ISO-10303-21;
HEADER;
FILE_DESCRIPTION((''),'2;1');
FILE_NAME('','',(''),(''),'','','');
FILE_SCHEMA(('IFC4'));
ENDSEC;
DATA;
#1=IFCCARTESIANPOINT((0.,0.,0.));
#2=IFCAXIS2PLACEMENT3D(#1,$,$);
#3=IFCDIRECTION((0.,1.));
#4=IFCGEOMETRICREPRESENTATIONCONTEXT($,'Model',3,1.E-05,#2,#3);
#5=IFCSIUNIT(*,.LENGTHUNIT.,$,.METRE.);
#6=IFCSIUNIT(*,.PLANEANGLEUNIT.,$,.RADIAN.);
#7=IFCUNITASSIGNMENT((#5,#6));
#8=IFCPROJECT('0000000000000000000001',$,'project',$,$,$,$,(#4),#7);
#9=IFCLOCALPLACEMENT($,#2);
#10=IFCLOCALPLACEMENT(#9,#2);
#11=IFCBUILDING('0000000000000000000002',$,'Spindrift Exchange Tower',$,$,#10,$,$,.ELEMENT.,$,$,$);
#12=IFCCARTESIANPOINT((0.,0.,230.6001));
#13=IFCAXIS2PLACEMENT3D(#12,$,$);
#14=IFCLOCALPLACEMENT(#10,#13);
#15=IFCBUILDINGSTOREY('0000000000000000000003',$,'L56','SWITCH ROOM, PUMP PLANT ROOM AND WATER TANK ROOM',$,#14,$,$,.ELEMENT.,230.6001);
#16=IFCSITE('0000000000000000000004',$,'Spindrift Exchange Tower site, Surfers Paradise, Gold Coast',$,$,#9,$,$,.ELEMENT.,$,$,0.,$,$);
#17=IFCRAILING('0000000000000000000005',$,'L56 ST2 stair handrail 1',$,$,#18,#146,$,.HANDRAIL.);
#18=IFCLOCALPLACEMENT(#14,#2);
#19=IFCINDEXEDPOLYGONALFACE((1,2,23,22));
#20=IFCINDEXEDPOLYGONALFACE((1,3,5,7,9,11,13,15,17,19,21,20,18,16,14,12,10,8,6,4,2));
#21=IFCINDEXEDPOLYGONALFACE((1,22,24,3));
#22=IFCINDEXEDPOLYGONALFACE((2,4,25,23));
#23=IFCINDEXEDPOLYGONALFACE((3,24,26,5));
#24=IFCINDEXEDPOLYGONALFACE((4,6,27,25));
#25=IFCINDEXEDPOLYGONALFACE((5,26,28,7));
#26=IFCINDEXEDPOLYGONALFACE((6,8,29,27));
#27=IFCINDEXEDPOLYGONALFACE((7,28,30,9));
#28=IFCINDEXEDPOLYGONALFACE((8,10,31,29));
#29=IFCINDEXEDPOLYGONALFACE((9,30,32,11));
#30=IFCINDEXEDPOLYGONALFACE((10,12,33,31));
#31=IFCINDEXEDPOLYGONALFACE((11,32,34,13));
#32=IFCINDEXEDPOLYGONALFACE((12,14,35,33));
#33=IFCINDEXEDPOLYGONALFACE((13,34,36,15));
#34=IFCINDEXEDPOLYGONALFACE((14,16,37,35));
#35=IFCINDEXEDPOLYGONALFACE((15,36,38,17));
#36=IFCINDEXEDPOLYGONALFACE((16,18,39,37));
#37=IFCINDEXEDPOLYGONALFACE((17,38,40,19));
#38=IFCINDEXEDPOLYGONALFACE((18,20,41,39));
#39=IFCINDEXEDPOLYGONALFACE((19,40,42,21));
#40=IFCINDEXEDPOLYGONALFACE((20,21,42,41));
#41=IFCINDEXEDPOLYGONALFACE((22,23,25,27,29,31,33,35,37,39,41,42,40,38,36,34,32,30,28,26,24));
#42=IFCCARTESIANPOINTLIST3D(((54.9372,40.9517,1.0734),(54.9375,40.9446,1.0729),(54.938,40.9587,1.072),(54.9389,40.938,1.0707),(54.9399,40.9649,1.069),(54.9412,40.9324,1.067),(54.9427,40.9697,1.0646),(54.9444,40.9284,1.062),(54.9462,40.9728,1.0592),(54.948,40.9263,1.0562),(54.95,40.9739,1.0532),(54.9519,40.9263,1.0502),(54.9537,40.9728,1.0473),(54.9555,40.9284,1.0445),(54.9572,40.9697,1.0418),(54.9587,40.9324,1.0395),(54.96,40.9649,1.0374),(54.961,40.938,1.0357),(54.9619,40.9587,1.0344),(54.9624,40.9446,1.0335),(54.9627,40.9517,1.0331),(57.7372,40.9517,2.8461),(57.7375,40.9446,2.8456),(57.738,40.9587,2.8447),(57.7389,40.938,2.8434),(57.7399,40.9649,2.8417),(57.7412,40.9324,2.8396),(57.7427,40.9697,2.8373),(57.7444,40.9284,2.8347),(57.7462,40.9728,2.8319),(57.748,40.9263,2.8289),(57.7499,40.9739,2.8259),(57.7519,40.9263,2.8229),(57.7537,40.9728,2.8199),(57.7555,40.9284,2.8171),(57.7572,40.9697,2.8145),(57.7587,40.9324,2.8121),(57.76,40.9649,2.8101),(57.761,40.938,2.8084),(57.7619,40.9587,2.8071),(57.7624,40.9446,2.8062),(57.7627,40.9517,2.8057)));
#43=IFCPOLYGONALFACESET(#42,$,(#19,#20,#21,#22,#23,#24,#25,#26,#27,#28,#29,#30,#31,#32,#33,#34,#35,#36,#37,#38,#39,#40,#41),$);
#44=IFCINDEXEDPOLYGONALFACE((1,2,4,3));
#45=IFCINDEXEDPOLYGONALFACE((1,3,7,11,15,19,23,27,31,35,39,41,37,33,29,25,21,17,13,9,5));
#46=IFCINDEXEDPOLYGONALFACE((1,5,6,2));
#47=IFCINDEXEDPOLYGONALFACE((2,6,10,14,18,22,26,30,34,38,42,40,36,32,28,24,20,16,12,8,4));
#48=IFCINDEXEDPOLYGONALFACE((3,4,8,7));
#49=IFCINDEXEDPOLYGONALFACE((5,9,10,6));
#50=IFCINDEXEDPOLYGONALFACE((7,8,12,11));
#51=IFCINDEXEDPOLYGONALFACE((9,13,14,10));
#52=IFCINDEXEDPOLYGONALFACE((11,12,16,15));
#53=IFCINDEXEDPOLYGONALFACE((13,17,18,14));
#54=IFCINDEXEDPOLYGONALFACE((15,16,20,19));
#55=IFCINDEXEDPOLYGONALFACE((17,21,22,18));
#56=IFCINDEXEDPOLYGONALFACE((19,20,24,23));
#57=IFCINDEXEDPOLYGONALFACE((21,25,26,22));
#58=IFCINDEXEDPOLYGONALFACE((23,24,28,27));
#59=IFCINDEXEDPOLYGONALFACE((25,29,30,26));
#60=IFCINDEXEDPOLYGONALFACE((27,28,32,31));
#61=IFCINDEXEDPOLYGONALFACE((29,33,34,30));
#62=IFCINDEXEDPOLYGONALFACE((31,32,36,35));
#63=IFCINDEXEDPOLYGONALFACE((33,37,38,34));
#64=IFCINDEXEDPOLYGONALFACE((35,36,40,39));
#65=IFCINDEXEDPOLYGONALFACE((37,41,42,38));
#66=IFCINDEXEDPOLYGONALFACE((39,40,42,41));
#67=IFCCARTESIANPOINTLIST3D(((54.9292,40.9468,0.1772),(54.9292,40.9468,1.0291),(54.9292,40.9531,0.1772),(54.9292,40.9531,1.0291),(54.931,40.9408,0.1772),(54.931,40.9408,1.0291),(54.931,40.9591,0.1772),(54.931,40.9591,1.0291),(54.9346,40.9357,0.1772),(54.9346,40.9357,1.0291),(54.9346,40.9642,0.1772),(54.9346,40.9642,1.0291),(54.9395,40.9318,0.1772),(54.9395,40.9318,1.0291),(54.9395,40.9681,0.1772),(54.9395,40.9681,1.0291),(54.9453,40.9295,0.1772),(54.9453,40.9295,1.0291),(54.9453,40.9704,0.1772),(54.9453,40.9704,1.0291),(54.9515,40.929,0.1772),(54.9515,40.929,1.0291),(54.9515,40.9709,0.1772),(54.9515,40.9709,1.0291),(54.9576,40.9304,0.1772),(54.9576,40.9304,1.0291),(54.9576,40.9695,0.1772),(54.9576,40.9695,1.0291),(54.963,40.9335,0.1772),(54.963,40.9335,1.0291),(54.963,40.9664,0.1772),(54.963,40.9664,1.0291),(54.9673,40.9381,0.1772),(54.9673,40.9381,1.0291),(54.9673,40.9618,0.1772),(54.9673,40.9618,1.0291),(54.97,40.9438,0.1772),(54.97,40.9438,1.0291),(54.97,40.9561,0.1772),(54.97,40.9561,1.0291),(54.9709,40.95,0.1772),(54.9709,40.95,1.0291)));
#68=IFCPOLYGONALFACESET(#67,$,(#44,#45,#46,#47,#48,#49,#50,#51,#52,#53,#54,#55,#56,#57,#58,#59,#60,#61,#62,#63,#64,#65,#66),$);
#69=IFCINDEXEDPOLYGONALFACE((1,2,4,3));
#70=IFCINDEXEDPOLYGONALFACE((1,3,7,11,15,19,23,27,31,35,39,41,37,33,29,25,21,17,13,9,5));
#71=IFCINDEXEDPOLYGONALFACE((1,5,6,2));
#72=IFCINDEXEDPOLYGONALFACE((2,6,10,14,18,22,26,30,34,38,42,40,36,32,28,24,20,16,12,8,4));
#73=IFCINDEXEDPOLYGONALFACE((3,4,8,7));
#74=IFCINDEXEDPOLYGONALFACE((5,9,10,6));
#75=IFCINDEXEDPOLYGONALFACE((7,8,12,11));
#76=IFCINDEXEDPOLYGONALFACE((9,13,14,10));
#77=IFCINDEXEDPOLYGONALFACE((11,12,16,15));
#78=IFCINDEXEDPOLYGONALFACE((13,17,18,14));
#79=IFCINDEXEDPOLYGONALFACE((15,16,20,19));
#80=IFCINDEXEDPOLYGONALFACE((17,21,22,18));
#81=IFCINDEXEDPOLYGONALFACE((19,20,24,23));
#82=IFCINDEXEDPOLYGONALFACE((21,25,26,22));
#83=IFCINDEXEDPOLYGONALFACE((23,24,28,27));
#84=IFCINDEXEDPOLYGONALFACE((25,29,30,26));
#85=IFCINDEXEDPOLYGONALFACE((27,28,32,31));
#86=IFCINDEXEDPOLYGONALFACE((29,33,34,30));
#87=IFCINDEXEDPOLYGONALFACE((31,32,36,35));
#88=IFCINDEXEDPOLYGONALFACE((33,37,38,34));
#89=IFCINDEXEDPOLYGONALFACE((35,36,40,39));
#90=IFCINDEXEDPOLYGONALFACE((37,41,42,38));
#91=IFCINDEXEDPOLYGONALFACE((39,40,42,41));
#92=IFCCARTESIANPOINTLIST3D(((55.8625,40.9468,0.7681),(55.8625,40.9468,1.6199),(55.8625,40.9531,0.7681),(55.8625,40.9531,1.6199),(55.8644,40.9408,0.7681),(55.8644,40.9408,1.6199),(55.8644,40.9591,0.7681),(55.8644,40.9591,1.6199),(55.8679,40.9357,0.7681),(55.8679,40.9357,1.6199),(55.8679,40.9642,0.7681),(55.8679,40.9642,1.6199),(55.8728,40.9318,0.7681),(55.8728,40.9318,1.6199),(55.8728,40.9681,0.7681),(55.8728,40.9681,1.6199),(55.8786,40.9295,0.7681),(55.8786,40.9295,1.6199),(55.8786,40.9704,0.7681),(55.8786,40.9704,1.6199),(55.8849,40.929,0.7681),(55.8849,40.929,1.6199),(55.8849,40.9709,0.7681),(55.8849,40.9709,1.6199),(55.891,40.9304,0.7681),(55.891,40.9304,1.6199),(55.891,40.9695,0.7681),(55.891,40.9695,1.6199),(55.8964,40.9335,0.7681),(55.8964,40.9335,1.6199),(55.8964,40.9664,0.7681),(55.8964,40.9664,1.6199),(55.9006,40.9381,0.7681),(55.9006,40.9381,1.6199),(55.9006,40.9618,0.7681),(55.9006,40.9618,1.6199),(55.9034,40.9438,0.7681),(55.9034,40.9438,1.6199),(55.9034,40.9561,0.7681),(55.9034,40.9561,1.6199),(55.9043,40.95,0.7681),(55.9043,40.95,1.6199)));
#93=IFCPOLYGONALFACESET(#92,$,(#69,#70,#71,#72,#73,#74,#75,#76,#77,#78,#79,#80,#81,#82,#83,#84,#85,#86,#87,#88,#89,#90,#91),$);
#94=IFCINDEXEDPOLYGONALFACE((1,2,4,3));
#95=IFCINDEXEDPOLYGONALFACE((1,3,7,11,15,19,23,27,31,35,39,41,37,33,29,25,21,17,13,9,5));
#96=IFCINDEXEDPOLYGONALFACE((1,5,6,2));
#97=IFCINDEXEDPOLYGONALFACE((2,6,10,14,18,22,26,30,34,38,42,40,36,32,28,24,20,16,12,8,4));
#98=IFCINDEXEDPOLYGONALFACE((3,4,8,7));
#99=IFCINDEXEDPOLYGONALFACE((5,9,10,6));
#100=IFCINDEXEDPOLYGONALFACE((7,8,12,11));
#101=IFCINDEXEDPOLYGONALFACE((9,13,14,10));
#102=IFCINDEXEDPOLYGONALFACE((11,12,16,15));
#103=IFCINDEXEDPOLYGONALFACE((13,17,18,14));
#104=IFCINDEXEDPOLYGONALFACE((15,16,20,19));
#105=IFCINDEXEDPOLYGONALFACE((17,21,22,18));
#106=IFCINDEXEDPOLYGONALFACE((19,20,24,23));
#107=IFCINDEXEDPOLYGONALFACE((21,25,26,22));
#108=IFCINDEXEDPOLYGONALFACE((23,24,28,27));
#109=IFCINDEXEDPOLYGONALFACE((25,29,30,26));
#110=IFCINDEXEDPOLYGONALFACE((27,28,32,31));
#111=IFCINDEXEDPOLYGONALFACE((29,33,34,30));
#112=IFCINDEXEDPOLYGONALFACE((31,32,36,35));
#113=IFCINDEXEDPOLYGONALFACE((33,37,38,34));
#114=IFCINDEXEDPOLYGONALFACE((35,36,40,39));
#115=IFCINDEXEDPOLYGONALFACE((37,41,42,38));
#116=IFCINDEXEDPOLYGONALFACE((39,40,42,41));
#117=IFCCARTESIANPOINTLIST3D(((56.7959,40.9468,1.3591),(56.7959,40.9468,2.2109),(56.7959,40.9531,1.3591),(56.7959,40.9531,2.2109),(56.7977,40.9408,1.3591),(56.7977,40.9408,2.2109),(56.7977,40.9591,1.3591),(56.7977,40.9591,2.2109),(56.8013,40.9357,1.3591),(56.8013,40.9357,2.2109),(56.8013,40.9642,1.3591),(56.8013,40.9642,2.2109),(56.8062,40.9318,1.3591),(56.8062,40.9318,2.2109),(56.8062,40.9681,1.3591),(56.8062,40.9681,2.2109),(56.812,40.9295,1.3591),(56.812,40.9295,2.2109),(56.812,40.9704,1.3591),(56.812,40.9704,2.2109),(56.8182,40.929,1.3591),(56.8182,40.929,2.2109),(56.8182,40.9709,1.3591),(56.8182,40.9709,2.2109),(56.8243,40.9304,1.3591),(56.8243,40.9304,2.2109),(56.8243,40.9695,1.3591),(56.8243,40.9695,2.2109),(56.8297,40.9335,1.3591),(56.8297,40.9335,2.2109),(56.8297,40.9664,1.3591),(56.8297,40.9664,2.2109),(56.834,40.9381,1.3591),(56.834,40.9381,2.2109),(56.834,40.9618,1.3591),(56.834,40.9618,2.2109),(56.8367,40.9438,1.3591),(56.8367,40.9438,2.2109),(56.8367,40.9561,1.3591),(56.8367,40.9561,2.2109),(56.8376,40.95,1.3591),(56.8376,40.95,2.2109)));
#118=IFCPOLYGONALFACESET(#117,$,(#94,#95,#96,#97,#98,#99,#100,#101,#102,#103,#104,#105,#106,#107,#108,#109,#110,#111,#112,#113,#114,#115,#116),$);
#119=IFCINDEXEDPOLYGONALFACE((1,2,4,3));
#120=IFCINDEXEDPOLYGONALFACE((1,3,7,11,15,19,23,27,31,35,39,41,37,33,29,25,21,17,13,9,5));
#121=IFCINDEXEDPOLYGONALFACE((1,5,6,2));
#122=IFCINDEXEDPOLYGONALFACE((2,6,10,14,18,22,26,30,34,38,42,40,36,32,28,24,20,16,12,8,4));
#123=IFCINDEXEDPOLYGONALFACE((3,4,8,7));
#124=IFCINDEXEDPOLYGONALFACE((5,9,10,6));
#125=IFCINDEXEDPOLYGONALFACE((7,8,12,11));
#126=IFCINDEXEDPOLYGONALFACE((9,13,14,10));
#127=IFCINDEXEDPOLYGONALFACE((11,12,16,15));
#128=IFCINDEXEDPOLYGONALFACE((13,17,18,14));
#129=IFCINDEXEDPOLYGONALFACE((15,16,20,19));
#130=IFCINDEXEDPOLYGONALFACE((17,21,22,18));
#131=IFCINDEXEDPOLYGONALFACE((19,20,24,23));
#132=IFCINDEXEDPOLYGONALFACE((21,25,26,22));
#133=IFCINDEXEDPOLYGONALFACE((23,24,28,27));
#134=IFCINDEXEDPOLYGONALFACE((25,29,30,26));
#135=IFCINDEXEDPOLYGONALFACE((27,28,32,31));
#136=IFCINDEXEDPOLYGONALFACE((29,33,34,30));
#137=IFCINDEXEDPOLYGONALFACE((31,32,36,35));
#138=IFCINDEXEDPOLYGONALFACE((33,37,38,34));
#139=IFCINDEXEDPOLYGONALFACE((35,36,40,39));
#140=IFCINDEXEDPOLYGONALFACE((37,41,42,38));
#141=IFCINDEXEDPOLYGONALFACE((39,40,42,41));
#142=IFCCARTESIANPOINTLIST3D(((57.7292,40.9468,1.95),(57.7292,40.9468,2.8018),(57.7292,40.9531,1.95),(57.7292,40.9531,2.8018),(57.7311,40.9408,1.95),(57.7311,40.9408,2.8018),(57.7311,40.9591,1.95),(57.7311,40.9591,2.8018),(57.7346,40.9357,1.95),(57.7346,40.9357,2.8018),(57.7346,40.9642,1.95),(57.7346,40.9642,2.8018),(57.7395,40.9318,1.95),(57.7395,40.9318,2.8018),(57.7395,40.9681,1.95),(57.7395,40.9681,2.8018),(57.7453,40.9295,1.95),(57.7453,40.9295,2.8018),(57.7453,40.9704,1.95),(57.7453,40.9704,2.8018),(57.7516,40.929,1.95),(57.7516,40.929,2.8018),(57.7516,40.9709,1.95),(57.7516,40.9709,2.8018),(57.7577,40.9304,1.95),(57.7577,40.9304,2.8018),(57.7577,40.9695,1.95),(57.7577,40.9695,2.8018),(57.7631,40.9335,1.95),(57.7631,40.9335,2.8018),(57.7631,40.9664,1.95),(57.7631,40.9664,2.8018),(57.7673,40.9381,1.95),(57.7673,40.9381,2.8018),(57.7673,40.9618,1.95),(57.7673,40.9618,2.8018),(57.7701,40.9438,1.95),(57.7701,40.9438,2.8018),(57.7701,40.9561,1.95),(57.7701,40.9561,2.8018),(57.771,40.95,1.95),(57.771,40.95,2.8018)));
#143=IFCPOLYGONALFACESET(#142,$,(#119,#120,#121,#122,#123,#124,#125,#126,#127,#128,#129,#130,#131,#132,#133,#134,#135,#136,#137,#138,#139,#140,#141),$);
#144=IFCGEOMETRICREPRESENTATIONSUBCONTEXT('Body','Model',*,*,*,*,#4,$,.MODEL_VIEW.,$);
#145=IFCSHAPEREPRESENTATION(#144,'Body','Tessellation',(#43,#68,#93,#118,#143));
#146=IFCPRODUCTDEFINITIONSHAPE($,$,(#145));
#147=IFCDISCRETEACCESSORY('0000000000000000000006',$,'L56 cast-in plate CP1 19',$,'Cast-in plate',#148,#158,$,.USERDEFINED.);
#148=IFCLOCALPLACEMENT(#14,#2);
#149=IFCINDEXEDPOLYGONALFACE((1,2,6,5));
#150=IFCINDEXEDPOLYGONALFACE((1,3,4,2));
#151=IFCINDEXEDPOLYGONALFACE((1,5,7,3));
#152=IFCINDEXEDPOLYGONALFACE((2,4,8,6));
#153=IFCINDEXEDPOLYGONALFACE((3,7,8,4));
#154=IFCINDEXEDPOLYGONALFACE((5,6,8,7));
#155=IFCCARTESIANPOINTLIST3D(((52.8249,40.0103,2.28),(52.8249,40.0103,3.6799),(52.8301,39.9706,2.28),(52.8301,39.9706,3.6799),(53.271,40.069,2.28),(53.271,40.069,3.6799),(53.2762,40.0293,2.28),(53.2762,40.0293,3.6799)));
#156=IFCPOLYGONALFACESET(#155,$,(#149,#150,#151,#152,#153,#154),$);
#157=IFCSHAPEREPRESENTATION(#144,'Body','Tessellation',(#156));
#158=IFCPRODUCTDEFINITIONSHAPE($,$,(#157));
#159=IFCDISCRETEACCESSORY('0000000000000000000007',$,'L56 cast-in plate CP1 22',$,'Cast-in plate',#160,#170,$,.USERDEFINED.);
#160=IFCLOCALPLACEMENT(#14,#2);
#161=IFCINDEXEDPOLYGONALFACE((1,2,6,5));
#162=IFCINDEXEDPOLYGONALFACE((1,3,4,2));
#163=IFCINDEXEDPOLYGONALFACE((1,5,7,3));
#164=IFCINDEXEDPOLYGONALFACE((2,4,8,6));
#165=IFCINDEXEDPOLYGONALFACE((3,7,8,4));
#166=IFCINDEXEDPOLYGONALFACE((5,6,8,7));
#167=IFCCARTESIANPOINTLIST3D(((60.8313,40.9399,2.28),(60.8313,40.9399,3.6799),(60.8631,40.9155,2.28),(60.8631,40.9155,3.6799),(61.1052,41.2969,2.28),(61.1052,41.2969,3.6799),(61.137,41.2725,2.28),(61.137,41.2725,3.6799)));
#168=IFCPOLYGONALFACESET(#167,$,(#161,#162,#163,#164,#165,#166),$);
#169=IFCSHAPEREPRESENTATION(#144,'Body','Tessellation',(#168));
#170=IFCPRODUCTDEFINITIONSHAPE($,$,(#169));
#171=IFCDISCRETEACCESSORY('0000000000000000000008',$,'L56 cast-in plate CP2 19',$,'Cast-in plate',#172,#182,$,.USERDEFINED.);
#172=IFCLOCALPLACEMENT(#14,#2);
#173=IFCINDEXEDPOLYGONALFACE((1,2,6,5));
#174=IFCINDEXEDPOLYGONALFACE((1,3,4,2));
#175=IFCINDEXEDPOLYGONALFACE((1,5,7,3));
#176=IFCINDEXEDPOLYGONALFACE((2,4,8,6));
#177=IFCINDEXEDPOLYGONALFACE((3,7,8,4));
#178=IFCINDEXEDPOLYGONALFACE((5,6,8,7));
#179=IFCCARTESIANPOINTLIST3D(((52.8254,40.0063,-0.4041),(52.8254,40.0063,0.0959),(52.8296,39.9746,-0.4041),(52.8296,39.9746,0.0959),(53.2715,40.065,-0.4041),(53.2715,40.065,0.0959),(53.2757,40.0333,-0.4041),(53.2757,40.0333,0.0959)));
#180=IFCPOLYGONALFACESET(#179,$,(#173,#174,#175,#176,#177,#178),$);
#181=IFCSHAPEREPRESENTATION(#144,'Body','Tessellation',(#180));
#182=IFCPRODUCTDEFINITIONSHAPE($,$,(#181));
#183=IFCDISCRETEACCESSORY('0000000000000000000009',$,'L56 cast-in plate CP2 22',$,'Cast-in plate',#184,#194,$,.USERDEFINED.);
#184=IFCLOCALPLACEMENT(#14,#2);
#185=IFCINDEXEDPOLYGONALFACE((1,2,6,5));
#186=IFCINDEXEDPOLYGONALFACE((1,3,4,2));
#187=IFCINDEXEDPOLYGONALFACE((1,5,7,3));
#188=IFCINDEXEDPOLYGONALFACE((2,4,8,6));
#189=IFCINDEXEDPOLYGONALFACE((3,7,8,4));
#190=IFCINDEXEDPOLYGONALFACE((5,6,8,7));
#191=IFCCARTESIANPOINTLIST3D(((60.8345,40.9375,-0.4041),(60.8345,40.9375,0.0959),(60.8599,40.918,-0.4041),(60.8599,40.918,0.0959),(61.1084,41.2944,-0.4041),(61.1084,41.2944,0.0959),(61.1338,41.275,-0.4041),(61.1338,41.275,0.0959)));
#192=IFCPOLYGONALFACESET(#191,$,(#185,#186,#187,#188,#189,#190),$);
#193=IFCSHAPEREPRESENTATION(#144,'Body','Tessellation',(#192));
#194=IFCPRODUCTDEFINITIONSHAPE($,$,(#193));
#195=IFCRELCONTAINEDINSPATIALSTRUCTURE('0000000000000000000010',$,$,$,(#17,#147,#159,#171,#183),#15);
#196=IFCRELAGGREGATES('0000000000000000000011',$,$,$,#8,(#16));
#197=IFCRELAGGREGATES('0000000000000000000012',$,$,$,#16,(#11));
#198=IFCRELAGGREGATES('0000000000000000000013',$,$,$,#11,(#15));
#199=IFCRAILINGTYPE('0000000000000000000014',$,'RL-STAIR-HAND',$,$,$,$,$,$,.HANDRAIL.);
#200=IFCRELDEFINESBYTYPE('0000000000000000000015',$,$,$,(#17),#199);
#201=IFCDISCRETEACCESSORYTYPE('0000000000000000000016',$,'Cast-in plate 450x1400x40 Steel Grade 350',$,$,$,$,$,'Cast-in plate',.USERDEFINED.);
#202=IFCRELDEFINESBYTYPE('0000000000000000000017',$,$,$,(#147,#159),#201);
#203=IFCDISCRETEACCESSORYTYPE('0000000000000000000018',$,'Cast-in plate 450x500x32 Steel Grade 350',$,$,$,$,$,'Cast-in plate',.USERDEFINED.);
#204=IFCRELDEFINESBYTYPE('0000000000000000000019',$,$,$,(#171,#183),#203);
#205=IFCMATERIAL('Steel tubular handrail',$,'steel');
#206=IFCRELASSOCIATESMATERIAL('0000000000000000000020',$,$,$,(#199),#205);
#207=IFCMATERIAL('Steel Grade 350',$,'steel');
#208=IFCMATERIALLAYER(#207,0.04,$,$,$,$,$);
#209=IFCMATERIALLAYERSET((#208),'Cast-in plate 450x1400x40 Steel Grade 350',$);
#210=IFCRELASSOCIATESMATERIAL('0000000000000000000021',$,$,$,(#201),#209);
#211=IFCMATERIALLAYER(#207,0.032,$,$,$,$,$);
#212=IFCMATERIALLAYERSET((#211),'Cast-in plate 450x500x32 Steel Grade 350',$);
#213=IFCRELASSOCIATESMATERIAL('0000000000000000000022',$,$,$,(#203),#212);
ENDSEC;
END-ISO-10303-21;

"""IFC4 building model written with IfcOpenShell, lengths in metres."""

from ifc_helpers import new_model, si_unit, direction, frame, origin, origin_2d, place, context, subcontext, project, spatial, rectangle, circle, extrude, source, transform, mapped, material, layer, layer_set, type_object, element, save


model = new_model("IFC4")

# Units and contexts
model_context = context("Model", 3, precision=1e-05, world=origin(), true_north=direction((0.0, 1.0)))
body_context = subcontext(model_context, "Body", "Model", "MODEL_VIEW")
ifc_project = project(units=[si_unit("LENGTHUNIT", "METRE"), si_unit("PLANEANGLEUNIT", "RADIAN")], contexts=[model_context])

# Site, building, storey
site_placement = place(None, origin())
site = spatial("IfcSite", under=ifc_project, at=site_placement, Name="Spindrift Exchange Tower site, Surfers Paradise, Gold Coast", CompositionType="ELEMENT", RefElevation=0.0)
building_placement = place(site_placement, origin())
building = spatial("IfcBuilding", under=site, at=building_placement, Name="Spindrift Exchange Tower", CompositionType="ELEMENT")
storey_placement = place(building_placement, frame((0.0, 0.0, 230.6001)))
storey = spatial("IfcBuildingStorey", under=building, at=storey_placement, Name="L56", Description="SWITCH ROOM, PUMP PLANT ROOM AND WATER TANK ROOM", CompositionType="ELEMENT", Elevation=230.6001)

# Railing
ifc_material_1 = material(Name="Steel tubular handrail", Category="steel")
railing_type = type_object("IfcRailingType", Name="RL-STAIR-HAND", PredefinedType="HANDRAIL", material=ifc_material_1)
railing_placement = place(storey_placement, frame((54.95, 40.95, 0.1772)))
element("IfcRailing", 1, at=railing_placement, inside=storey, type_object=railing_type, Name="L56 ST2 stair handrail 1", PredefinedType="HANDRAIL", context=body_context, shape_type="SweptSolid", body=[
    extrude(circle(Radius=0.0239, at=origin_2d()), frame((0.0, 0.0, 0.876), z_axis=(0.844909, 0.0, 0.53491), x_axis=(0.0, 1.0, 0.0)), (0.0, 0.0, 1.0), 3.314),
    extrude(circle(Radius=0.021, at=origin_2d()), origin(), (0.0, 0.0, 1.0), 0.8518),
    extrude(circle(Radius=0.021, at=origin_2d()), frame((0.9333, 0.0, 0.5908)), (0.0, 0.0, 1.0), 0.8518),
    extrude(circle(Radius=0.021, at=origin_2d()), frame((1.8667, 0.0, 1.1819)), (0.0, 0.0, 1.0), 0.8518),
    extrude(circle(Radius=0.021, at=origin_2d()), frame((2.8, 0.0, 1.7727)), (0.0, 0.0, 1.0), 0.8518),
])

# Discrete accessories
ifc_material_2 = material(Name="Steel Grade 350", Category="steel")
ifc_layer_1 = layer(ifc_material_2, 0.04)
ifc_layer_set_1 = layer_set([ifc_layer_1], Name="Cast-in plate 450x1400x40 Steel Grade 350")
discrete_accessory_type_1 = type_object("IfcDiscreteAccessoryType", Name="Cast-in plate 450x1400x40 Steel Grade 350", ElementType="Cast-in plate", PredefinedType="USERDEFINED", material=ifc_layer_set_1)
shared_shape_1 = source(origin(), body_context, "Body", "SweptSolid", [
    extrude(rectangle(XDim=0.04, YDim=0.45, at=origin_2d()), origin(), (0.0, 0.0, 1.0), 1.3999),
])
for number, where, z_axis, x_axis, name in (
    (2, (53.0505, 40.0198, 2.28), (0.0, 0.0, 1.0), (0.130526, -0.991445, 0.0), "L56 cast-in plate CP1 19"),
    (3, (60.9841, 41.1062, 2.28), (0.0, 0.0, 1.0), (0.793353, -0.608761, 0.0), "L56 cast-in plate CP1 22"),
):
    element("IfcDiscreteAccessory", number, at=place(storey_placement, frame(where, z_axis=z_axis, x_axis=x_axis)), inside=storey, type_object=discrete_accessory_type_1, Name=name, ObjectType="Cast-in plate", PredefinedType="USERDEFINED", context=body_context, shape_type="MappedRepresentation", body=[
        mapped(shared_shape_1, transform((0.0, 0.0, 0.0), scale=1.0)),
    ])
ifc_layer_2 = layer(ifc_material_2, 0.032)
ifc_layer_set_2 = layer_set([ifc_layer_2], Name="Cast-in plate 450x500x32 Steel Grade 350")
discrete_accessory_type_2 = type_object("IfcDiscreteAccessoryType", Name="Cast-in plate 450x500x32 Steel Grade 350", ElementType="Cast-in plate", PredefinedType="USERDEFINED", material=ifc_layer_set_2)
shared_shape_2 = source(origin(), body_context, "Body", "SweptSolid", [
    extrude(rectangle(XDim=0.032, YDim=0.45, at=origin_2d()), origin(), (0.0, 0.0, 1.0), 0.5),
])
for number, where, z_axis, x_axis, name in (
    (4, (53.0505, 40.0198, -0.4041), (0.0, 0.0, 1.0), (0.130526, -0.991445, 0.0), "L56 cast-in plate CP2 19"),
    (5, (60.9841, 41.1062, -0.4041), (0.0, 0.0, 1.0), (0.793353, -0.608761, 0.0), "L56 cast-in plate CP2 22"),
):
    element("IfcDiscreteAccessory", number, at=place(storey_placement, frame(where, z_axis=z_axis, x_axis=x_axis)), inside=storey, type_object=discrete_accessory_type_2, Name=name, ObjectType="Cast-in plate", PredefinedType="USERDEFINED", context=body_context, shape_type="MappedRepresentation", body=[
        mapped(shared_shape_2, transform((0.0, 0.0, 0.0), scale=1.0)),
    ])

save(model, "model.ifc")
